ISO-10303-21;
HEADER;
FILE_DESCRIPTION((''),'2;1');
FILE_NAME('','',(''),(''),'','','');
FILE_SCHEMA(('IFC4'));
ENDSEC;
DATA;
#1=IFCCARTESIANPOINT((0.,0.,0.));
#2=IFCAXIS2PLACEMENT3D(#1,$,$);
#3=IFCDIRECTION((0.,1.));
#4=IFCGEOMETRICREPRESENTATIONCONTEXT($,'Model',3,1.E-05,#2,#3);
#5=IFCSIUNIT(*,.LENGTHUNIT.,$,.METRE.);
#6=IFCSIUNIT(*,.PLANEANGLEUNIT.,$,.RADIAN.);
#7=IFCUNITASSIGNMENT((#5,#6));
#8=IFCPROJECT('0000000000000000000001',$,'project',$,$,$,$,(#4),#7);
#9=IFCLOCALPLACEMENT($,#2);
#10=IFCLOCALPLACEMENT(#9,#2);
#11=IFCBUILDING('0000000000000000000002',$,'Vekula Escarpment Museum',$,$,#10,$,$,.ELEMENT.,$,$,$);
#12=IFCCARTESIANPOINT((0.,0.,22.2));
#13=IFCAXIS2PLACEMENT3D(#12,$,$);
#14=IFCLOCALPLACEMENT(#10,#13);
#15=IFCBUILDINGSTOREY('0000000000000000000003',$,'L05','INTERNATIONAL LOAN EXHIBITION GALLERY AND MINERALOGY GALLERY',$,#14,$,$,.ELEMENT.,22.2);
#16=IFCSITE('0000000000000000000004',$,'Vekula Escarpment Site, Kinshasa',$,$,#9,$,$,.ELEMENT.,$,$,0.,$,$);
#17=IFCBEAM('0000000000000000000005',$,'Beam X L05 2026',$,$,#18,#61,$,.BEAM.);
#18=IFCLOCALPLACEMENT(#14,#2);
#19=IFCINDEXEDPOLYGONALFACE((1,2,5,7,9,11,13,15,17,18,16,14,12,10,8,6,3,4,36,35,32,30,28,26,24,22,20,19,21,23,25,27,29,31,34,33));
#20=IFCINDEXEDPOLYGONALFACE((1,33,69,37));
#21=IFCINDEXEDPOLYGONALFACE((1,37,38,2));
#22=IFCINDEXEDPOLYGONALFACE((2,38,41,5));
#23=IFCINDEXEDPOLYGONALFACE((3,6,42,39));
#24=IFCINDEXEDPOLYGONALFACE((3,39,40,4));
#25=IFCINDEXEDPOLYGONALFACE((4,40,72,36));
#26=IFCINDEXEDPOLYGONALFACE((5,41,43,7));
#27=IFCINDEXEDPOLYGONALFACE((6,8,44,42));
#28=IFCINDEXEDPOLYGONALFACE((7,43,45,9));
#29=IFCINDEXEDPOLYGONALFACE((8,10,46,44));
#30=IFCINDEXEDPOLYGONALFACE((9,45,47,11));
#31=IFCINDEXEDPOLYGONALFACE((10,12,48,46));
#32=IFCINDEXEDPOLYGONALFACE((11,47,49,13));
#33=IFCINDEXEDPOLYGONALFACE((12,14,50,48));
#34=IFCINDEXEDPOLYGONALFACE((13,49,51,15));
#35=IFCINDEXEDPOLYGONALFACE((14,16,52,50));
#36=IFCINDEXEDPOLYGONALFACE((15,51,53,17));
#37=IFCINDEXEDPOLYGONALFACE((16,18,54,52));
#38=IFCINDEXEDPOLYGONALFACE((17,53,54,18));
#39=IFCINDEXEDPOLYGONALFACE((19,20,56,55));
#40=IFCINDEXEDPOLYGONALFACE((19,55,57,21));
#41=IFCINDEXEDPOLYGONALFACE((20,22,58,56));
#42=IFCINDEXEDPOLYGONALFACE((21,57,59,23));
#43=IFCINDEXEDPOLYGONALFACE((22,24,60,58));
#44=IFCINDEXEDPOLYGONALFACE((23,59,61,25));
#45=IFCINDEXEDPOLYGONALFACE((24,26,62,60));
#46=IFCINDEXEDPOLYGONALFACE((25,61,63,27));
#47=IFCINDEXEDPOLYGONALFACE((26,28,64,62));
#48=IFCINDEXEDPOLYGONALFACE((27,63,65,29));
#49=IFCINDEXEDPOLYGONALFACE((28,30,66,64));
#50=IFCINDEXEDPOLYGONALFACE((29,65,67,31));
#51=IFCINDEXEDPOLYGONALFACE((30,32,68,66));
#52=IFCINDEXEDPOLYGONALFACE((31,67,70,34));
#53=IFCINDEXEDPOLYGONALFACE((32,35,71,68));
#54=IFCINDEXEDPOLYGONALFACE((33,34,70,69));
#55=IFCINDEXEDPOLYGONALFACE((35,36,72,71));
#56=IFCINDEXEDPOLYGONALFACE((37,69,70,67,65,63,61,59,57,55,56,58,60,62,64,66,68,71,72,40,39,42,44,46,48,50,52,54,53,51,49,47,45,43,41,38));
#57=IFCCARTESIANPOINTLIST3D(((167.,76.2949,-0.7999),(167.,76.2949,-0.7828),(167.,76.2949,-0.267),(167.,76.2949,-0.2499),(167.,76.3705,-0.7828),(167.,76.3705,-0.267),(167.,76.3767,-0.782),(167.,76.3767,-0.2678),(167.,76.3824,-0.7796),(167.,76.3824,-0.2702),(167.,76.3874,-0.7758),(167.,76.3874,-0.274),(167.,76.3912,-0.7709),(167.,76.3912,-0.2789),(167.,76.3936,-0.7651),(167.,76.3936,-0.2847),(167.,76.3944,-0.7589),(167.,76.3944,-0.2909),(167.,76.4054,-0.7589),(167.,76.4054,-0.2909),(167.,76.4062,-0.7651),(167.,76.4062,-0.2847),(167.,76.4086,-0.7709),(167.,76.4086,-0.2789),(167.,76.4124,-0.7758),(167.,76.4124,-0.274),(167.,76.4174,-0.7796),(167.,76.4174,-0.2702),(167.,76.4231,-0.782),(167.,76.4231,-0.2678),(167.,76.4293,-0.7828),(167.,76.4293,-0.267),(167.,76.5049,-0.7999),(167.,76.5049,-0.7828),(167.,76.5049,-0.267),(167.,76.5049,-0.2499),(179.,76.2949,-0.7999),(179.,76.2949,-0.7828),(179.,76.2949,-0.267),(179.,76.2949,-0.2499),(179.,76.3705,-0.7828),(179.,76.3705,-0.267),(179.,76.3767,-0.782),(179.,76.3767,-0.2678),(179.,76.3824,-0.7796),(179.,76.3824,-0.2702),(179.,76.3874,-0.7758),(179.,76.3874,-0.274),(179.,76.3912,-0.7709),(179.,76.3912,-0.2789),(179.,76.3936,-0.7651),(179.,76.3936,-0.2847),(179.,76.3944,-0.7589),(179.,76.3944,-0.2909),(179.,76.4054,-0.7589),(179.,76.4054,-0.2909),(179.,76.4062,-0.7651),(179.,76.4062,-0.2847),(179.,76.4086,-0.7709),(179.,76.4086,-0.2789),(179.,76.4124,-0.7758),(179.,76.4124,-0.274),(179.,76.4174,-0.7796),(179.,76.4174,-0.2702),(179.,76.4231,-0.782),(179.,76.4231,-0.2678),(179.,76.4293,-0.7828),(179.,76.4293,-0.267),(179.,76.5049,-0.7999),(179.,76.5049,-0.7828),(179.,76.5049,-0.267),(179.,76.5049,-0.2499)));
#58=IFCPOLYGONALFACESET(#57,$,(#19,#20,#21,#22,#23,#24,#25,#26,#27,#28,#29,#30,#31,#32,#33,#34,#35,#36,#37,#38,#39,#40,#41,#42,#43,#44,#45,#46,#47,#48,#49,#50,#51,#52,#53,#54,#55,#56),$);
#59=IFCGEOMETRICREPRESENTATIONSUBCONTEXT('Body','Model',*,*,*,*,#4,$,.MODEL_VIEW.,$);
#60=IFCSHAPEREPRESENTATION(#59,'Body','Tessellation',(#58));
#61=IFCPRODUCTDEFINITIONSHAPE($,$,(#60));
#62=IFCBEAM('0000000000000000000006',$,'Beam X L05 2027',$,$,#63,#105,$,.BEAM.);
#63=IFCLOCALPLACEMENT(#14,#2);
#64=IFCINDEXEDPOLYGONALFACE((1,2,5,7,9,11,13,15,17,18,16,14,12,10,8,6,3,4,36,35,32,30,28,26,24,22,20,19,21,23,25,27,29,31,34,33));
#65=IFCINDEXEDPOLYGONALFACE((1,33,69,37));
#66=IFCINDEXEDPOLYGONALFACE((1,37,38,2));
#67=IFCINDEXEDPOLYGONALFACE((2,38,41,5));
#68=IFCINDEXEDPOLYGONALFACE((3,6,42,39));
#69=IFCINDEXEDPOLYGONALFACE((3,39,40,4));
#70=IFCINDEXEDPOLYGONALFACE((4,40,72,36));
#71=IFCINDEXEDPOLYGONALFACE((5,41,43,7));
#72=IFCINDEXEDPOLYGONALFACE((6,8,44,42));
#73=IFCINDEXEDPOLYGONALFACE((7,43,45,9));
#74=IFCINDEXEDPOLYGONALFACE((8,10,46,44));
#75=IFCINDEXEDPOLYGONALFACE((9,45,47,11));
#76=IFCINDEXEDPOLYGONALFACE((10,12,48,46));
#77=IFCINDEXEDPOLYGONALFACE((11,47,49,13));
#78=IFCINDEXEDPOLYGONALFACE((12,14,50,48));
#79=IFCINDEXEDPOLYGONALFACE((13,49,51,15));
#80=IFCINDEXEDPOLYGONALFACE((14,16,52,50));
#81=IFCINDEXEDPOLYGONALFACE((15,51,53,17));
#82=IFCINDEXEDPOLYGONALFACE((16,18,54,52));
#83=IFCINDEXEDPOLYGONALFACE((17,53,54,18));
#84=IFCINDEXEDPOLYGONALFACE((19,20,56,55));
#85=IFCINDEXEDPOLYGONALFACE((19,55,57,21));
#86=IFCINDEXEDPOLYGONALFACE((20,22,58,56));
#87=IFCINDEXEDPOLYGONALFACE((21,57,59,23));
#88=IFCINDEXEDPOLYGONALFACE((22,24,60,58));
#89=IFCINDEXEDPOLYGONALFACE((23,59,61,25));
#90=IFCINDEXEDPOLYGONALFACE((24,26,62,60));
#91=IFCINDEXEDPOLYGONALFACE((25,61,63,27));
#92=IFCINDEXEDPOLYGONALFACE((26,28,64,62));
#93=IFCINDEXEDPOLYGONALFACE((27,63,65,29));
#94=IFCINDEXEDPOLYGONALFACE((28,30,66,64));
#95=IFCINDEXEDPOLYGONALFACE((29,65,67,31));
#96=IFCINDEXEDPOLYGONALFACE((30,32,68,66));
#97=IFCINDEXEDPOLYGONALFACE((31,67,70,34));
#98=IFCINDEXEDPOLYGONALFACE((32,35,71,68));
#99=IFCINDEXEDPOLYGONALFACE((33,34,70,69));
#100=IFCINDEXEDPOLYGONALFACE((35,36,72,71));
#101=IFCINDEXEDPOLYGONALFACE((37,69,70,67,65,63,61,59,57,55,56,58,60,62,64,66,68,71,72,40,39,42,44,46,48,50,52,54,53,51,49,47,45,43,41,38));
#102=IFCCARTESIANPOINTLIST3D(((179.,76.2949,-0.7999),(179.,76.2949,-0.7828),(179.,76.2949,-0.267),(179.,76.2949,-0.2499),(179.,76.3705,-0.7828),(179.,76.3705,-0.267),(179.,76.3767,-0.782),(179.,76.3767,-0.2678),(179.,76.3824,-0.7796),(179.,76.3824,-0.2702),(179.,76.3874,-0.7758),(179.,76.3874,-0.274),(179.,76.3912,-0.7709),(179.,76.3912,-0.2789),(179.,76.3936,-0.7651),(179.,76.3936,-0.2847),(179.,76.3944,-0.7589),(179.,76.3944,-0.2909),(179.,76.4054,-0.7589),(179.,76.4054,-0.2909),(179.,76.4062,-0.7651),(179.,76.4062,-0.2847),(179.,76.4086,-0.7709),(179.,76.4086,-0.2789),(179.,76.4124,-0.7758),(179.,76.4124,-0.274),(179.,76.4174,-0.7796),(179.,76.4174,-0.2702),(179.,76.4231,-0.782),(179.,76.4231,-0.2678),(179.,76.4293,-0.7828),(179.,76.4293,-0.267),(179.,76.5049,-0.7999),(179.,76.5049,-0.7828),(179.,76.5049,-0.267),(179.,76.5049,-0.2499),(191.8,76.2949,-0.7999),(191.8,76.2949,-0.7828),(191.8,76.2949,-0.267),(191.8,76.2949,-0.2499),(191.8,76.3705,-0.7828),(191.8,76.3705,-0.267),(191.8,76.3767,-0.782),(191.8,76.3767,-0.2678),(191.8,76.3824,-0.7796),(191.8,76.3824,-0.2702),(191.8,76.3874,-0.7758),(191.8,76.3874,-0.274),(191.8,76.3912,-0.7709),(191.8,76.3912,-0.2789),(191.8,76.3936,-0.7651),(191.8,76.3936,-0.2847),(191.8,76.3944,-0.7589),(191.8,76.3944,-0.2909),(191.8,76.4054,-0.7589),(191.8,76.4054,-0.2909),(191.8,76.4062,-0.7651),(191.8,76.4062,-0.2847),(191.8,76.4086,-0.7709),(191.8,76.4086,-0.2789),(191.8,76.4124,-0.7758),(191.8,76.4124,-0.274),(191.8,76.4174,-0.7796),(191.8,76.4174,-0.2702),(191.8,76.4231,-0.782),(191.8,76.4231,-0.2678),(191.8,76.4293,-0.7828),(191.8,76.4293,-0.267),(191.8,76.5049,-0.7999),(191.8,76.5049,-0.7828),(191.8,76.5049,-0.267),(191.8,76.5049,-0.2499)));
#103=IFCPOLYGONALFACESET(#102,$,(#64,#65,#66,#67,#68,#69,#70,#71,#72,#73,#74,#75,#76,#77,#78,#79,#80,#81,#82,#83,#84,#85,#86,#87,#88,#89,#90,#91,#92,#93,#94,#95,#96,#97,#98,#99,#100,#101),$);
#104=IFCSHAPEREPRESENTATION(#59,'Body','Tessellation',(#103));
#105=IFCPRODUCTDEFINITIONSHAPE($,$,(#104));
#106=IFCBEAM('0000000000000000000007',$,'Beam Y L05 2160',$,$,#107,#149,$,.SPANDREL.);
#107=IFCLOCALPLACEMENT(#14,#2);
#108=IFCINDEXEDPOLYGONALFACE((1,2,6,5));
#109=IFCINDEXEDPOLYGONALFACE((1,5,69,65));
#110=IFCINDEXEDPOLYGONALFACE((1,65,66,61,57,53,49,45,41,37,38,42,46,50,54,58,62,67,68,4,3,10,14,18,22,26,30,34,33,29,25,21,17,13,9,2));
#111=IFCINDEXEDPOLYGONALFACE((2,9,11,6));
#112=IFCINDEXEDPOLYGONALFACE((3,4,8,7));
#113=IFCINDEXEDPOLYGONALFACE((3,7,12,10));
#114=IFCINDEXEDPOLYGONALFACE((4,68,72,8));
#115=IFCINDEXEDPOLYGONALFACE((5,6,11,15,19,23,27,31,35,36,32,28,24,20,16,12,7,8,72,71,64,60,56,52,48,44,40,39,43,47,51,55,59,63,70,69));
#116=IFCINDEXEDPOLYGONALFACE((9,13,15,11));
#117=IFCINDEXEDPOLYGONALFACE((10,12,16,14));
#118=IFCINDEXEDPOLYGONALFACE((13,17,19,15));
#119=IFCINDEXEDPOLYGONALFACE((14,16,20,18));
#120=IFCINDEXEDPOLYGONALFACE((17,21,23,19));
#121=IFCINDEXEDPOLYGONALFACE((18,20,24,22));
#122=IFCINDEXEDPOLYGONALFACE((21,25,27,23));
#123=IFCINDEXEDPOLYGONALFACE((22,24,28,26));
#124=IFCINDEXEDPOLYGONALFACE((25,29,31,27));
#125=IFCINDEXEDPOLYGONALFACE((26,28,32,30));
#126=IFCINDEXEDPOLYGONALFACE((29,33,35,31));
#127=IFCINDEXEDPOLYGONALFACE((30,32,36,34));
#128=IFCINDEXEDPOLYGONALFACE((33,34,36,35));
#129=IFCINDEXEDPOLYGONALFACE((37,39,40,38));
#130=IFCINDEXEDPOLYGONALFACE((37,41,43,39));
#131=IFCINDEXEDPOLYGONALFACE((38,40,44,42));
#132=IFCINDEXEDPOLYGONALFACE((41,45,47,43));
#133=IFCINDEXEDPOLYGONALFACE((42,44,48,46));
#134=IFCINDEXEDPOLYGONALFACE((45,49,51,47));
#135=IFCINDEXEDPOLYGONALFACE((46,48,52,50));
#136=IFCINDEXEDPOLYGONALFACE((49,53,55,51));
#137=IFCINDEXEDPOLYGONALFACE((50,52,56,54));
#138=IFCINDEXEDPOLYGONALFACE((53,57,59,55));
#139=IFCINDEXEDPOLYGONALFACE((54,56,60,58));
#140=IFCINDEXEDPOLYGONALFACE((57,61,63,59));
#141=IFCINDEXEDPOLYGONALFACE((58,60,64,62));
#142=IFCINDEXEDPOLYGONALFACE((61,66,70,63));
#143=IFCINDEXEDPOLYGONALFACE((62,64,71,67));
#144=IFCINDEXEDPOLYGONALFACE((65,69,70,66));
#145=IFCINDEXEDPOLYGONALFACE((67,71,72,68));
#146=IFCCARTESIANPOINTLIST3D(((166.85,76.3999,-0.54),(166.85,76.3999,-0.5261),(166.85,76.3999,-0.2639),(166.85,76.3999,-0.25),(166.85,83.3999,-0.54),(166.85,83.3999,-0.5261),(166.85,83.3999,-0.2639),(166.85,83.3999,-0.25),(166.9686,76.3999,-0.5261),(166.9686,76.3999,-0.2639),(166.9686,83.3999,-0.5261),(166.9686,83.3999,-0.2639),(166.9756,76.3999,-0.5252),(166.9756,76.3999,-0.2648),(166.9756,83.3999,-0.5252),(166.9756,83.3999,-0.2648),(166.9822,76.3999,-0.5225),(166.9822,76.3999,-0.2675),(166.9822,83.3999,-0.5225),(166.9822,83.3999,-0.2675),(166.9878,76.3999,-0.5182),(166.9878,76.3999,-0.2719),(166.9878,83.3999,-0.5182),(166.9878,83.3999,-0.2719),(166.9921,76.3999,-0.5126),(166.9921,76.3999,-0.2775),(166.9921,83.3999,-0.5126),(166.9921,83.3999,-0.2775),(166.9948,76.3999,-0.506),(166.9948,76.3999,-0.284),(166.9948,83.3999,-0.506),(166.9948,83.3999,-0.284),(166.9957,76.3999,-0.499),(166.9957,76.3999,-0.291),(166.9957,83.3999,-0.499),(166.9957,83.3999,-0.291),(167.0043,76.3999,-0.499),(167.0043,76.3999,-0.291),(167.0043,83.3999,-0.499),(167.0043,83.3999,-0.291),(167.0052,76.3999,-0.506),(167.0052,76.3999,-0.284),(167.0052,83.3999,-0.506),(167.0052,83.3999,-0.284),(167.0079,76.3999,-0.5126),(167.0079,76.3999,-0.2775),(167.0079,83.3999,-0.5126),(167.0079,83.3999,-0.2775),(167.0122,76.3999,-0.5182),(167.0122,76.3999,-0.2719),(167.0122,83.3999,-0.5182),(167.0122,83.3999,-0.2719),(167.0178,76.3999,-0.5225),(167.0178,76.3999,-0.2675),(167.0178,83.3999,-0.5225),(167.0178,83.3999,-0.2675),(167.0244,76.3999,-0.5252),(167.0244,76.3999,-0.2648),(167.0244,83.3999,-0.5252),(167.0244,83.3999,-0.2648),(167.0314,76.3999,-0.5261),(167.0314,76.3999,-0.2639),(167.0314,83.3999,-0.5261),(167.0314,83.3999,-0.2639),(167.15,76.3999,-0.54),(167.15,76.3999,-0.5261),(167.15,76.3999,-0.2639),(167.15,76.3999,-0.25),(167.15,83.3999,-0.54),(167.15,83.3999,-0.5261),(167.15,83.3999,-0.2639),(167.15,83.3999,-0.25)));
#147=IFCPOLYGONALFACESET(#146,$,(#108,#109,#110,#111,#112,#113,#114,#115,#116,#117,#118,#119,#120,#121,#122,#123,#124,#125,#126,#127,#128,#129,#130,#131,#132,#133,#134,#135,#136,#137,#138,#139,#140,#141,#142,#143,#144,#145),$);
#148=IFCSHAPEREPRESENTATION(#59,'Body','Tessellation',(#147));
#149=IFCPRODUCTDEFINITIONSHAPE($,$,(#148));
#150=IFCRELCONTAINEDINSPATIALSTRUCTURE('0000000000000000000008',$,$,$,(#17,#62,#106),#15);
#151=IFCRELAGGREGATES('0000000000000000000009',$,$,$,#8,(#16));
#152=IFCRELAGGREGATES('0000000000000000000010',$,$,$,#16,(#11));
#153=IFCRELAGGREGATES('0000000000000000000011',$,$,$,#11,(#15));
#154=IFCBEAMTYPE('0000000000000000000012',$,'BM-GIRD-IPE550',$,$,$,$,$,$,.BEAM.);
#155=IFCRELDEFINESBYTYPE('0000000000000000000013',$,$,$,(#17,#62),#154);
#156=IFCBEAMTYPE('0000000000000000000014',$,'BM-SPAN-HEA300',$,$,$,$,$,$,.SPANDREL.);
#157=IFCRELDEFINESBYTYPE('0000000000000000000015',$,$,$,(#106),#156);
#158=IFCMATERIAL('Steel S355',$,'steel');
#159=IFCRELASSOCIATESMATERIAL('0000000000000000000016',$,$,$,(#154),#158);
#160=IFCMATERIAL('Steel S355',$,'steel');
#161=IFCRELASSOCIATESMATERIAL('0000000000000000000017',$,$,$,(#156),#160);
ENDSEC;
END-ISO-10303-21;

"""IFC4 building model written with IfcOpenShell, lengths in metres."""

from ifc_helpers import new_model, si_unit, direction, frame, origin, origin_2d, place, context, subcontext, project, spatial, i_section, extrude, material, material_profile, profile_set, type_object, element, save


model = new_model("IFC4")

# Units and contexts
model_context = context("Model", 3, precision=1e-05, world=origin(), true_north=direction((0.0, 1.0)))
body_context = subcontext(model_context, "Body", "Model", "MODEL_VIEW")
ifc_project = project(units=[si_unit("LENGTHUNIT", "METRE"), si_unit("PLANEANGLEUNIT", "RADIAN")], contexts=[model_context])

# Site, building, storey
site_placement = place(None, origin())
site = spatial("IfcSite", under=ifc_project, at=site_placement, Name="Vekula Escarpment Site, Kinshasa", CompositionType="ELEMENT", RefElevation=0.0)
building_placement = place(site_placement, origin())
building = spatial("IfcBuilding", under=site, at=building_placement, Name="Vekula Escarpment Museum", CompositionType="ELEMENT")
storey_placement = place(building_placement, frame((0.0, 0.0, 22.2)))
storey = spatial("IfcBuildingStorey", under=building, at=storey_placement, Name="L05", Description="INTERNATIONAL LOAN EXHIBITION GALLERY AND MINERALOGY GALLERY", CompositionType="ELEMENT", Elevation=22.2)

# Beams
ifc_material_1 = material(Name="Steel S355", Category="steel")
ifc_material_profile_1 = material_profile(ifc_material_1, i_section(OverallWidth=0.21, OverallDepth=0.55, WebThickness=0.011, FlangeThickness=0.0171, FilletRadius=0.0239, at=origin_2d()), Name="IPE 550")
ifc_profile_set_1 = profile_set([ifc_material_profile_1], Name="Steel S355")
beam_type_1 = type_object("IfcBeamType", Name="BM-GIRD-IPE550", PredefinedType="BEAM", material=ifc_profile_set_1)
beam_1_placement = place(storey_placement, frame((167.0, 76.3999, -0.5249), z_axis=(1.0, 0.0, 0.0), x_axis=(0.0, 1.0, 0.0)))
element("IfcBeam", 1, at=beam_1_placement, inside=storey, type_object=beam_type_1, Name="Beam X L05 2026", PredefinedType="BEAM", context=body_context, shape_type="SweptSolid", body=[
    extrude(i_section(OverallWidth=0.21, OverallDepth=0.55, WebThickness=0.011, FlangeThickness=0.0171, FilletRadius=0.0239, at=origin_2d()), origin(), (0.0, 0.0, 1.0), 12.0),
])
beam_2_placement = place(storey_placement, frame((179.0, 76.3999, -0.5249), z_axis=(1.0, 0.0, 0.0), x_axis=(0.0, 1.0, 0.0)))
element("IfcBeam", 2, at=beam_2_placement, inside=storey, type_object=beam_type_1, Name="Beam X L05 2027", PredefinedType="BEAM", context=body_context, shape_type="SweptSolid", body=[
    extrude(i_section(OverallWidth=0.21, OverallDepth=0.55, WebThickness=0.011, FlangeThickness=0.0171, FilletRadius=0.0239, at=origin_2d()), origin(), (0.0, 0.0, 1.0), 12.8),
])
ifc_material_2 = material(Name="Steel S355", Category="steel")
ifc_material_profile_2 = material_profile(ifc_material_2, i_section(OverallWidth=0.3, OverallDepth=0.29, WebThickness=0.0085, FlangeThickness=0.0139, FilletRadius=0.0271, at=origin_2d()), Name="HEA 300")
ifc_profile_set_2 = profile_set([ifc_material_profile_2], Name="Steel S355")
beam_type_2 = type_object("IfcBeamType", Name="BM-SPAN-HEA300", PredefinedType="SPANDREL", material=ifc_profile_set_2)
beam_3_placement = place(storey_placement, frame((167.0, 76.3999, -0.395), z_axis=(0.0, 1.0, 0.0), x_axis=(-1.0, 0.0, 0.0)))
element("IfcBeam", 3, at=beam_3_placement, inside=storey, type_object=beam_type_2, Name="Beam Y L05 2160", PredefinedType="SPANDREL", context=body_context, shape_type="SweptSolid", body=[
    extrude(i_section(OverallWidth=0.3, OverallDepth=0.29, WebThickness=0.0085, FlangeThickness=0.0139, FilletRadius=0.0271, at=origin_2d()), origin(), (0.0, 0.0, 1.0), 7.0),
])

save(model, "model.ifc")
